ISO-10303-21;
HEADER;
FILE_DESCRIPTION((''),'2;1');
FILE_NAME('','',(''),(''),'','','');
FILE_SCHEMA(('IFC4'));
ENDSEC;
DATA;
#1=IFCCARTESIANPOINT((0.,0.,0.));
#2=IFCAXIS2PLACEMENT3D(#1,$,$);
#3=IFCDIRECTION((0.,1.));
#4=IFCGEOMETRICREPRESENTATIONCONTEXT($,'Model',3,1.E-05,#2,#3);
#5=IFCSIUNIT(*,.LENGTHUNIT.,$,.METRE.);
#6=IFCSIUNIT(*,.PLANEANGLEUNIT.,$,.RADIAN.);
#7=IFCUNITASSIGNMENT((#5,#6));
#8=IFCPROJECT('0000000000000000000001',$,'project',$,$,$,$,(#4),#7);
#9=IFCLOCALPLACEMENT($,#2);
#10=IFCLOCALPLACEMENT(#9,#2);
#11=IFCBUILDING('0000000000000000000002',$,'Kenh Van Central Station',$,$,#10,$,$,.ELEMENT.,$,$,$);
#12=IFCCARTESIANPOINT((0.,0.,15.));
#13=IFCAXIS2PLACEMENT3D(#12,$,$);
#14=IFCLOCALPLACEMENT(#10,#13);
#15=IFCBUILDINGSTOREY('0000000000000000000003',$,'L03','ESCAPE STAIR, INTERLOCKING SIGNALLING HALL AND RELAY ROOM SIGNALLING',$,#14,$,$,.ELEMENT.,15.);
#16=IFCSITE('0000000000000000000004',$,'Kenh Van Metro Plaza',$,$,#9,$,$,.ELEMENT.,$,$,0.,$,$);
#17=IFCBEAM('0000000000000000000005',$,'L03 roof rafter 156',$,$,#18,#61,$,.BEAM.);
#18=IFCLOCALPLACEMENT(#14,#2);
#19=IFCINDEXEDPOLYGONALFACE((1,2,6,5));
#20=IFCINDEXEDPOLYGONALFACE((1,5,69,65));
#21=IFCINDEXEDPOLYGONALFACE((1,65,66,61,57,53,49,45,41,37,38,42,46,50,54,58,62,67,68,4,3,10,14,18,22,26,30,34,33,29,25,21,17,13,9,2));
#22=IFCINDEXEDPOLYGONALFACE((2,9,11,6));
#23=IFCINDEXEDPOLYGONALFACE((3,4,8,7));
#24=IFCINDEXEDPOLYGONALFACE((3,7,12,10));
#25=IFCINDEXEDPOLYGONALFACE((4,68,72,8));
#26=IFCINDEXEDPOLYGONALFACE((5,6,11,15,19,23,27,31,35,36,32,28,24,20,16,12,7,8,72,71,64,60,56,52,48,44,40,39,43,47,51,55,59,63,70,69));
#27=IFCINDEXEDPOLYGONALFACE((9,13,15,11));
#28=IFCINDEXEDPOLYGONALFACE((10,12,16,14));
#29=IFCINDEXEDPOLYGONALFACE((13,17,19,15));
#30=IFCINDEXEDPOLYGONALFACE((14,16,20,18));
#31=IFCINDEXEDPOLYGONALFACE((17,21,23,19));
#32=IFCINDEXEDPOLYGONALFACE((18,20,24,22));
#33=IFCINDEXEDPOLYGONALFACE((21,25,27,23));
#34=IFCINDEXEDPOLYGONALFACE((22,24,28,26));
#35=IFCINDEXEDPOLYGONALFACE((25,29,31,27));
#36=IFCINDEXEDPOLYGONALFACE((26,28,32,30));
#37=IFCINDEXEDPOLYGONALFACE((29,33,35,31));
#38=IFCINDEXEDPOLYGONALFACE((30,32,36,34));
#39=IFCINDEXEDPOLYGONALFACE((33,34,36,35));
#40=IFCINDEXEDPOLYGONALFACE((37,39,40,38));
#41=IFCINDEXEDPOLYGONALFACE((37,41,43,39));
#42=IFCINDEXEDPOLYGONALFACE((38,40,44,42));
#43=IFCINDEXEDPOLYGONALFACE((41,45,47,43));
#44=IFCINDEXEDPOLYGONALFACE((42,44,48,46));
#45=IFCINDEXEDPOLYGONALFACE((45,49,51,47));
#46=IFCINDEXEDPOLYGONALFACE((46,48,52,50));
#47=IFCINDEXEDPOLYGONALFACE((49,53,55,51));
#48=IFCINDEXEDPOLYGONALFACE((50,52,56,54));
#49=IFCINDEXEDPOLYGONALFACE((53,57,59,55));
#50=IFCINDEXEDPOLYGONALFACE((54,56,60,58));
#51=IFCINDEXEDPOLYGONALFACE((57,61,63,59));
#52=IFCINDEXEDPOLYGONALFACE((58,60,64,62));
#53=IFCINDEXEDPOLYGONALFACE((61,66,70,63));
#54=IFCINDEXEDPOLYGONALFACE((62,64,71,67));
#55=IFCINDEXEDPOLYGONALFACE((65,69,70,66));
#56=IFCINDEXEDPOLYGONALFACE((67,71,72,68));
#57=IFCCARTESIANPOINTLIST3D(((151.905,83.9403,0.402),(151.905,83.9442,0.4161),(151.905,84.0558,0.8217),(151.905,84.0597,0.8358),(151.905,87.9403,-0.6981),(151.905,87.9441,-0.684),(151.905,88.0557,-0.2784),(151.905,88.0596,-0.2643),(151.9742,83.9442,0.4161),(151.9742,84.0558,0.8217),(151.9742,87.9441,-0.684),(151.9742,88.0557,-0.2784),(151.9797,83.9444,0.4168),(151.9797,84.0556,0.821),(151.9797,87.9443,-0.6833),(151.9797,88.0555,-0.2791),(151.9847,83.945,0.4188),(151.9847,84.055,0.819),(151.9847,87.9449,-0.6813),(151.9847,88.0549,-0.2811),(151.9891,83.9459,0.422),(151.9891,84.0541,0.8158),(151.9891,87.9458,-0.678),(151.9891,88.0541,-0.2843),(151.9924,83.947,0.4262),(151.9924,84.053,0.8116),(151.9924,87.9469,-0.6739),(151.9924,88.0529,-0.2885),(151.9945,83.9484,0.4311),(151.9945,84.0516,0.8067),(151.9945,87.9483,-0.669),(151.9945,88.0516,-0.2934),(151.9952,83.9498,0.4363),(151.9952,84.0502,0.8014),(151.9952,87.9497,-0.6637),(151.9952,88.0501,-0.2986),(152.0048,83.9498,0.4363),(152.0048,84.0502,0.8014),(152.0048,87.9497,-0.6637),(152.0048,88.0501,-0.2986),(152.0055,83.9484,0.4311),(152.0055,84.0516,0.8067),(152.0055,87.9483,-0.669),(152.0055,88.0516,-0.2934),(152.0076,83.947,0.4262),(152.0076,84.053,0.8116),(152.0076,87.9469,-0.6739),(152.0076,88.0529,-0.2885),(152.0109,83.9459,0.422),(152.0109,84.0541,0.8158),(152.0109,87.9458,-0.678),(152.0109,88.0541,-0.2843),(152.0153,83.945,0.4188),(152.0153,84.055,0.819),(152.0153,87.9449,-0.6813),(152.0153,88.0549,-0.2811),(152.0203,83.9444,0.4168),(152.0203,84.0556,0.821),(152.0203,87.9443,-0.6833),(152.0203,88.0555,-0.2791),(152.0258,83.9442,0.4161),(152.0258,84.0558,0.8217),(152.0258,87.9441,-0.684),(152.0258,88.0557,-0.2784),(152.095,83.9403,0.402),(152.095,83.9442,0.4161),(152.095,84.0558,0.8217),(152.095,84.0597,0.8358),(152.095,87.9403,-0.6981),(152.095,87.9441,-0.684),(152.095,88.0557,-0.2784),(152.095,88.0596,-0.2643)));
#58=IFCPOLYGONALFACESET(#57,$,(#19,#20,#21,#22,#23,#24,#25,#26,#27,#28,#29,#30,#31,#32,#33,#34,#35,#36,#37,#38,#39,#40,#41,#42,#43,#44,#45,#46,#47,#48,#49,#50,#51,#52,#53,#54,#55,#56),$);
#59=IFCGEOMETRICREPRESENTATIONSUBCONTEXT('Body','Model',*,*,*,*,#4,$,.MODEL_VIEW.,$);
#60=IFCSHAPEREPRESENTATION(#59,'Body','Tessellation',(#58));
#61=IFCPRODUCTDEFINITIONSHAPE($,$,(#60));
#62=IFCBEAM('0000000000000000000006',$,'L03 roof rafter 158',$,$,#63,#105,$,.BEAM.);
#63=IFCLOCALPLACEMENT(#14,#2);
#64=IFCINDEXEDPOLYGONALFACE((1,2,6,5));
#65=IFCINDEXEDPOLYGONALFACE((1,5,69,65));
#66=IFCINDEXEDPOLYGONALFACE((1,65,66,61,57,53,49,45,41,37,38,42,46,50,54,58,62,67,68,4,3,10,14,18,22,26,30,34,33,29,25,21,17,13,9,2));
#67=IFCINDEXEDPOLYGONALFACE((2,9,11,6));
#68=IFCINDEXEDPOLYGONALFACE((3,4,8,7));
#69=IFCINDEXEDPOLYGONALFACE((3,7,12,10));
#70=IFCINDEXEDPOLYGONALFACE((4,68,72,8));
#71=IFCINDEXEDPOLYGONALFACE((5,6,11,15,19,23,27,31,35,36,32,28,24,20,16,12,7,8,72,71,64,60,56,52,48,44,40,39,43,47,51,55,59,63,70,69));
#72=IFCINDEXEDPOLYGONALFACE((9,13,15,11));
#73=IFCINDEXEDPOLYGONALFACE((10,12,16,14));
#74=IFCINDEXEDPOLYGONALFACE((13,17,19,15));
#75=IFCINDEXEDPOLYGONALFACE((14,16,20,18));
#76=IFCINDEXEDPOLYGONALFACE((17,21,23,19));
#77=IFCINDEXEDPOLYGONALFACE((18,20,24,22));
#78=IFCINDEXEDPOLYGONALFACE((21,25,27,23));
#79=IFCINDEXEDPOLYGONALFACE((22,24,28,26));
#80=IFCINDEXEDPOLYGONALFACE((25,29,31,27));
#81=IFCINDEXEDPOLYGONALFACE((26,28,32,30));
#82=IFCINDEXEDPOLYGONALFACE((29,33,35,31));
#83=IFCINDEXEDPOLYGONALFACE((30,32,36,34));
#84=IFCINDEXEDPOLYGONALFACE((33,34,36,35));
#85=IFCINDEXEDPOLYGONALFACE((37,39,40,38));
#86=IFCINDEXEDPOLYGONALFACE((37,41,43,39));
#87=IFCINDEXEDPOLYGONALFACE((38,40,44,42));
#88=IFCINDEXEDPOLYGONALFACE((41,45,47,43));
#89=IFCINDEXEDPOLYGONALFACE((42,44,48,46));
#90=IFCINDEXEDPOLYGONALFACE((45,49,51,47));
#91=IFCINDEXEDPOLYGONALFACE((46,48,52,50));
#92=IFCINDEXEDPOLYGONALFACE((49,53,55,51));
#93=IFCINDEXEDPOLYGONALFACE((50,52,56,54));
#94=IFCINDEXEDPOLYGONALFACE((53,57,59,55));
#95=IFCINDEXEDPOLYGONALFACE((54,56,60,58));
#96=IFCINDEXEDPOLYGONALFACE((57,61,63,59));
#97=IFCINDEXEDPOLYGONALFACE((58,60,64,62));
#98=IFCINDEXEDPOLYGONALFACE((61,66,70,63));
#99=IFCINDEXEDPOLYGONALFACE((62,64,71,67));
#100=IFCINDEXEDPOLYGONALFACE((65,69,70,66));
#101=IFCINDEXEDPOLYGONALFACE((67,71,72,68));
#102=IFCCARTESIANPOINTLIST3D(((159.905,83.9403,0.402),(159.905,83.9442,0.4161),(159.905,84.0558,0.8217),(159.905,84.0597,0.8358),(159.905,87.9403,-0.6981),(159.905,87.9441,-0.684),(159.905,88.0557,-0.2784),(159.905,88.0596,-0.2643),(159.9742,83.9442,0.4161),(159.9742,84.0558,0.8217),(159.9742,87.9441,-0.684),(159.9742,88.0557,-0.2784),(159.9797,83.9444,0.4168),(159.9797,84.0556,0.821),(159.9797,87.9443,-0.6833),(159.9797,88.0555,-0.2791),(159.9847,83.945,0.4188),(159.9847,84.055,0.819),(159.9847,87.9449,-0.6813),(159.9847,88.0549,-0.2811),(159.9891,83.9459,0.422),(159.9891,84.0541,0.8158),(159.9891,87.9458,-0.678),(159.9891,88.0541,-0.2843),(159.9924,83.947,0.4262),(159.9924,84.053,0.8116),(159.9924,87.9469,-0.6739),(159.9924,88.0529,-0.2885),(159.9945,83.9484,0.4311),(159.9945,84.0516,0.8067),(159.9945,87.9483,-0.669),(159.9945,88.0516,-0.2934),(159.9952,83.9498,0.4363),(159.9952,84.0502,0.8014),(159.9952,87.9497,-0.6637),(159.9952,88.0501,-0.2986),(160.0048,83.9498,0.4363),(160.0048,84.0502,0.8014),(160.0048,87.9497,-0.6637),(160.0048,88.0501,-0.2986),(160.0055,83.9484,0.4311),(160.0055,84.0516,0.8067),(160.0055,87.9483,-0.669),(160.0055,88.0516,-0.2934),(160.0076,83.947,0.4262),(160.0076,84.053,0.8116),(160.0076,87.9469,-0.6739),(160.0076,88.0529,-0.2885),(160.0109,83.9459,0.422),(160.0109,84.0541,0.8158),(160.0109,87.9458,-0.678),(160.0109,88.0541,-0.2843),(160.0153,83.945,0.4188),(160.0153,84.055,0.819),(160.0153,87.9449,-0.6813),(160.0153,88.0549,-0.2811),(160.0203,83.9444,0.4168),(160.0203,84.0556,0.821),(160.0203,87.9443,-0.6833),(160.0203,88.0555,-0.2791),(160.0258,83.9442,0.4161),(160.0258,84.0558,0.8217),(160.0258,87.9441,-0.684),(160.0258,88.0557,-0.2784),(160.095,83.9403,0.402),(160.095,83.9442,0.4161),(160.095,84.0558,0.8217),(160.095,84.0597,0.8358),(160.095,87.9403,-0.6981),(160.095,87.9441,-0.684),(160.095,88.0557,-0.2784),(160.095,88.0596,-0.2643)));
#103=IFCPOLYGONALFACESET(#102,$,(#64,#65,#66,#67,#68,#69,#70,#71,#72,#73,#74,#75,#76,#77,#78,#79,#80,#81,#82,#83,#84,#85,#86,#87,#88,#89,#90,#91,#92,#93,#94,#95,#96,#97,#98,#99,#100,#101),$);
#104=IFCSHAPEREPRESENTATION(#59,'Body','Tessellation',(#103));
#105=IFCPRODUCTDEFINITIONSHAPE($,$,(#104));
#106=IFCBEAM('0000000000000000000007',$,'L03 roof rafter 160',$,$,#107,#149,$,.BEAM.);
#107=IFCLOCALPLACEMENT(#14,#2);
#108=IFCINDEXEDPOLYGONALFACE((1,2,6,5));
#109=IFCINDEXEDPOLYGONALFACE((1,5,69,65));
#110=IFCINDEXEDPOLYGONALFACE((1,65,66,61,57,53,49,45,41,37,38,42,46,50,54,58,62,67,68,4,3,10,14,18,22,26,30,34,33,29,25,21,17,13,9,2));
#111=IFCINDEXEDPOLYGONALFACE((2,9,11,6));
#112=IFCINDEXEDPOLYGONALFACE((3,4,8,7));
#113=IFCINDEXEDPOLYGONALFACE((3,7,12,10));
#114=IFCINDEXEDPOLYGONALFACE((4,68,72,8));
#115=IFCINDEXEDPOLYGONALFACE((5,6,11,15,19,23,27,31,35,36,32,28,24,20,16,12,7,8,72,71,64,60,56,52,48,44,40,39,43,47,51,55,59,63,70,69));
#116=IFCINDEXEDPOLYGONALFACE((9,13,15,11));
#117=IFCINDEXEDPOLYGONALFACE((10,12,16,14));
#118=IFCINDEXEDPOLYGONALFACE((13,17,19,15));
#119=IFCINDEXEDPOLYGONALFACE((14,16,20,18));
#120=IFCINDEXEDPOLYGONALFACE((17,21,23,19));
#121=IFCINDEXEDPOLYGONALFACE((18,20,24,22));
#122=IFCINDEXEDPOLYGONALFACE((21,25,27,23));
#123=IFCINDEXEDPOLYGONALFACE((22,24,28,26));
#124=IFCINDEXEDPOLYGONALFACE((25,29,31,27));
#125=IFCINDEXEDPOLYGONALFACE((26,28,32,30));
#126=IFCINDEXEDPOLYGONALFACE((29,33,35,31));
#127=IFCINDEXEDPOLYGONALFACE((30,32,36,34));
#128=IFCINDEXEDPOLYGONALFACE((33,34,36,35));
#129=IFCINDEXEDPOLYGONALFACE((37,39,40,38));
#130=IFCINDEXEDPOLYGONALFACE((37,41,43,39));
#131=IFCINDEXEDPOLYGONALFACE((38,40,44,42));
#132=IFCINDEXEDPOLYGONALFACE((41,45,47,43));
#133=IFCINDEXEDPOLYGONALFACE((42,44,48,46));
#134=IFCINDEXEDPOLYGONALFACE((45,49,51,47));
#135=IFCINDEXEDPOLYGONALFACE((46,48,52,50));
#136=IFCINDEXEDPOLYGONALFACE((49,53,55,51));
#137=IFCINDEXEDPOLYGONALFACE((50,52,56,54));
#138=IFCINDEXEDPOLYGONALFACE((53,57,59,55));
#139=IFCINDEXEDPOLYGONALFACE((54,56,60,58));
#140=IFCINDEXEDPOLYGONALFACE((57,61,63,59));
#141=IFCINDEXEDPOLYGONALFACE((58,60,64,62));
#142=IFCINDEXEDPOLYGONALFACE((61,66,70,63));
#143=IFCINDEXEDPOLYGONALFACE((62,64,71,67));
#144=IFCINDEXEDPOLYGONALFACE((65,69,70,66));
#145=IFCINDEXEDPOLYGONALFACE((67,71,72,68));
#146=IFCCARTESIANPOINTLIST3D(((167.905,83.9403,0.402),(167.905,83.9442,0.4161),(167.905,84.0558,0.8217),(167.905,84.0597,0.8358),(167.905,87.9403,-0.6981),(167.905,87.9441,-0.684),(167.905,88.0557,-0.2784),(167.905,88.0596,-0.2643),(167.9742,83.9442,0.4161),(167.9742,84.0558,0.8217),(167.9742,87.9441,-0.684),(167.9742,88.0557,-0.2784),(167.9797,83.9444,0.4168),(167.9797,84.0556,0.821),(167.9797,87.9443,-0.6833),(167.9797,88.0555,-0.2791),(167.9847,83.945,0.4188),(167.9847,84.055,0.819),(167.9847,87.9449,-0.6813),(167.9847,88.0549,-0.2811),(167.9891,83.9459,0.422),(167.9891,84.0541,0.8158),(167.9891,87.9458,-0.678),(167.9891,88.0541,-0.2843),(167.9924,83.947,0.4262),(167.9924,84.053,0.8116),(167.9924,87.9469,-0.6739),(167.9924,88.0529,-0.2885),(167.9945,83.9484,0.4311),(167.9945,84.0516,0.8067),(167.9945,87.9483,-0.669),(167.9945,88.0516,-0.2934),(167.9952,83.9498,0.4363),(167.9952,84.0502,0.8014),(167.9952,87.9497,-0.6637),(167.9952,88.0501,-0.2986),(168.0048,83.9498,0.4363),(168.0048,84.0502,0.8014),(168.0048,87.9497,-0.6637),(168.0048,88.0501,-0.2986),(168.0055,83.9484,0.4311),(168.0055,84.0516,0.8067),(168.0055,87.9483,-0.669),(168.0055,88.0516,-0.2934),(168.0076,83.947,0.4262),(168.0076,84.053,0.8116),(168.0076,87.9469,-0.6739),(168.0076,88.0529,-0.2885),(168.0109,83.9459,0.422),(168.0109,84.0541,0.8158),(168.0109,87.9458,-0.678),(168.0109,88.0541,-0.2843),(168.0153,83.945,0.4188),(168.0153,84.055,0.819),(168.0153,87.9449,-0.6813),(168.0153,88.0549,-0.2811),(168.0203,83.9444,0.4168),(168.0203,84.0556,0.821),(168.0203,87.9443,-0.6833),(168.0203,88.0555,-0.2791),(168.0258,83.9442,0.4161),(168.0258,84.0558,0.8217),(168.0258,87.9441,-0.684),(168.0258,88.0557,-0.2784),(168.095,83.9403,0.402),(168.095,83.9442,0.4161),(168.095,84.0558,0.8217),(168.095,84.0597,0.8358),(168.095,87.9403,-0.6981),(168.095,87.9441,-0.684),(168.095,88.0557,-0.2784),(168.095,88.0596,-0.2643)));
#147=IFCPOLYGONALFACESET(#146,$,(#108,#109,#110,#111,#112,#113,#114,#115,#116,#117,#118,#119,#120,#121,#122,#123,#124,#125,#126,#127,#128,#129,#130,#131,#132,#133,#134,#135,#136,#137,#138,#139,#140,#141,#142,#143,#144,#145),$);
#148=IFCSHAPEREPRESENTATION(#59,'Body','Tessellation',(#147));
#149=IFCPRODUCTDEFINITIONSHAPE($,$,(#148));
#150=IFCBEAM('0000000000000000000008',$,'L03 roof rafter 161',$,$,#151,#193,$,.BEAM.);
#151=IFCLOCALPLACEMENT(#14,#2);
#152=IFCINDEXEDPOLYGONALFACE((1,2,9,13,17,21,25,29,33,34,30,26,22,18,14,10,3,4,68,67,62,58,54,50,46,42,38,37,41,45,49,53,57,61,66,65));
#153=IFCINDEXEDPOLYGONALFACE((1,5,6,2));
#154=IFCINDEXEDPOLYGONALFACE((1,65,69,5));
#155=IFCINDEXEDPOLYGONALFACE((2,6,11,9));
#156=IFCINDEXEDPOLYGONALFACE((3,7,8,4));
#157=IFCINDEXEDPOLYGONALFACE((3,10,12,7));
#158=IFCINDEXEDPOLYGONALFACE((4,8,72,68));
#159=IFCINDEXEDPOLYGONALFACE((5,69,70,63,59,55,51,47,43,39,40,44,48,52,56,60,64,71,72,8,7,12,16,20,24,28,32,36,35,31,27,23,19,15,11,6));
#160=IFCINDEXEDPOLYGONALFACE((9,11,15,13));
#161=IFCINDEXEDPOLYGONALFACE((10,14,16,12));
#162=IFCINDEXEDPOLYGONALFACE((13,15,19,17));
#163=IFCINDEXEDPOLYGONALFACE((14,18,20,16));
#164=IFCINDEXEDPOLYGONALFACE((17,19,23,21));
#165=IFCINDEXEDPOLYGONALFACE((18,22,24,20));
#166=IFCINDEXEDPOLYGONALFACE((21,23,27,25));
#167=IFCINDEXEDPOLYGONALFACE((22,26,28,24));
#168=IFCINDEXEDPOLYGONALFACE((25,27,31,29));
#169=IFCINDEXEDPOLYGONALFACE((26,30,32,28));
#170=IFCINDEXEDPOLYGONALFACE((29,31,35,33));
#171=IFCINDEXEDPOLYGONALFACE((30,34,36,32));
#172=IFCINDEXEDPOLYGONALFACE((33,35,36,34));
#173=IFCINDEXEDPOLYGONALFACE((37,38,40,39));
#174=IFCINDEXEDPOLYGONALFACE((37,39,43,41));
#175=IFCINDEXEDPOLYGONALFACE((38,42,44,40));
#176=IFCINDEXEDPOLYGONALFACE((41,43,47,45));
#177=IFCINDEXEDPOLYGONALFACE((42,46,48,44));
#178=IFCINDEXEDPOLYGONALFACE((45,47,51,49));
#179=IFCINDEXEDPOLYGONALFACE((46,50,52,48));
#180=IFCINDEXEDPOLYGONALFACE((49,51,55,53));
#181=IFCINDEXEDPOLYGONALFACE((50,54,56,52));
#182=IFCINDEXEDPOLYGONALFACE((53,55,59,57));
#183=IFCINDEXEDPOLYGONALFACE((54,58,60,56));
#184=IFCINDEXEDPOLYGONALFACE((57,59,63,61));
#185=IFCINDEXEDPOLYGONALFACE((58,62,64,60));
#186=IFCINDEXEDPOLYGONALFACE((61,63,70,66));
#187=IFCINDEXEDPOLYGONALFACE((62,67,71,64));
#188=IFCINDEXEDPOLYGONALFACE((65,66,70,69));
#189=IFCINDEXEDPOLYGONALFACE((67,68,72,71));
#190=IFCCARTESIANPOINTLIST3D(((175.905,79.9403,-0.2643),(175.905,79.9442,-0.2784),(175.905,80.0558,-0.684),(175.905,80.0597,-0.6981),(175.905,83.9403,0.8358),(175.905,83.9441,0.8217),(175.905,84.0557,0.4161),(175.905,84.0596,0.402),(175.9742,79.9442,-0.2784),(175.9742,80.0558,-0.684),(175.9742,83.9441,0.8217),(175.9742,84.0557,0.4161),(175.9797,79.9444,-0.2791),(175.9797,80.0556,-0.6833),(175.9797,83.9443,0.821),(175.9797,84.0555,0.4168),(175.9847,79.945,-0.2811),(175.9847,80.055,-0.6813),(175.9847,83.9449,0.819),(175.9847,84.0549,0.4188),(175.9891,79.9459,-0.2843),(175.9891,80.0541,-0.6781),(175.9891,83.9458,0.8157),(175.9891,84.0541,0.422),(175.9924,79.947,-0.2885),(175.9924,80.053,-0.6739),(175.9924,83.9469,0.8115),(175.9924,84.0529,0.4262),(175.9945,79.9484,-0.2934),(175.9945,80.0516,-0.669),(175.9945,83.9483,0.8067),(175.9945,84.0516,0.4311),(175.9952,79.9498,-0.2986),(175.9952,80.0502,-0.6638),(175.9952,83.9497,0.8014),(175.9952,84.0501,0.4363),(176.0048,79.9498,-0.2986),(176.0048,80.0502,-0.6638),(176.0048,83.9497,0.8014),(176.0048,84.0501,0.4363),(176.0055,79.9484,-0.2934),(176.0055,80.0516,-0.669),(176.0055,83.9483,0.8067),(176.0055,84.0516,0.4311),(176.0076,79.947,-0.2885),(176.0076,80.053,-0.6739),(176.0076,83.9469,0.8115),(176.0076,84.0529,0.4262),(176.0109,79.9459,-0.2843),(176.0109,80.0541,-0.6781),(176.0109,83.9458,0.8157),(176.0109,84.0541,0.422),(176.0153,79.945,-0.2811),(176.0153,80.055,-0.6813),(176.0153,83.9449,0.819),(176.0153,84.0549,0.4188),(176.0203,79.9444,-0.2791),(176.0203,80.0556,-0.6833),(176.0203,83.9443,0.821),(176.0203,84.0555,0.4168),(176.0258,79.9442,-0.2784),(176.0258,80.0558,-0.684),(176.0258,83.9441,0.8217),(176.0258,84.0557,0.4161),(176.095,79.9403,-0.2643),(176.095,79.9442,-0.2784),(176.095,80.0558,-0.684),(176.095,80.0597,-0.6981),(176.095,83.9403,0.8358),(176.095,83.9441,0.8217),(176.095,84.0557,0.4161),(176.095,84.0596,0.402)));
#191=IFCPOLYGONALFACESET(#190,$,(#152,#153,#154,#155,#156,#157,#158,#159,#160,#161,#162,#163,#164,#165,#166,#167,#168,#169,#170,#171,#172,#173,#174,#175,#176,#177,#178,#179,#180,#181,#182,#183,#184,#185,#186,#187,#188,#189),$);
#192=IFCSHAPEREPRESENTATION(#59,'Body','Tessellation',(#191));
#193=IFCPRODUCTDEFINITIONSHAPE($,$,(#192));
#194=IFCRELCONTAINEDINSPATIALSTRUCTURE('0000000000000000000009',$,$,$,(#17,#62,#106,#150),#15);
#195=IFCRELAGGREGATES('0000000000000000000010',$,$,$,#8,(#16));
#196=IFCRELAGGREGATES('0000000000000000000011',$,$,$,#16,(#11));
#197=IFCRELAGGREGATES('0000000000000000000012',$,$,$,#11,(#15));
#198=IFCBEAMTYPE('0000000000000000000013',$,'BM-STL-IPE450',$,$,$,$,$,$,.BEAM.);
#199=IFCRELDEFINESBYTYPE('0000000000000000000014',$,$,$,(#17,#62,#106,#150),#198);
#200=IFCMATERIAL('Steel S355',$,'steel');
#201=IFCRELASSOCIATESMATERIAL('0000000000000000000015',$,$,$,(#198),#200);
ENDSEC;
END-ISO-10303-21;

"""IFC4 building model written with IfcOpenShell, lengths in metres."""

from ifc_helpers import new_model, si_unit, direction, frame, origin, origin_2d, place, context, subcontext, project, spatial, i_section, extrude, material, material_profile, profile_set, type_object, element, save


model = new_model("IFC4")

# Units and contexts
model_context = context("Model", 3, precision=1e-05, world=origin(), true_north=direction((0.0, 1.0)))
body_context = subcontext(model_context, "Body", "Model", "MODEL_VIEW")
ifc_project = project(units=[si_unit("LENGTHUNIT", "METRE"), si_unit("PLANEANGLEUNIT", "RADIAN")], contexts=[model_context])

# Site, building, storey
site_placement = place(None, origin())
site = spatial("IfcSite", under=ifc_project, at=site_placement, Name="Kenh Van Metro Plaza", CompositionType="ELEMENT", RefElevation=0.0)
building_placement = place(site_placement, origin())
building = spatial("IfcBuilding", under=site, at=building_placement, Name="Kenh Van Central Station", CompositionType="ELEMENT")
storey_placement = place(building_placement, frame((0.0, 0.0, 15.0)))
storey = spatial("IfcBuildingStorey", under=building, at=storey_placement, Name="L03", Description="ESCAPE STAIR, INTERLOCKING SIGNALLING HALL AND RELAY ROOM SIGNALLING", CompositionType="ELEMENT", Elevation=15.0)

# Beams
ifc_material_1 = material(Name="Steel S355", Category="steel")
ifc_material_profile_1 = material_profile(ifc_material_1, i_section(OverallWidth=0.1899, OverallDepth=0.45, WebThickness=0.0095, FlangeThickness=0.0146, FilletRadius=0.021, at=origin_2d()), Name="IPE 450")
ifc_profile_set_1 = profile_set([ifc_material_profile_1], Name="Steel S355")
beam_type_1 = type_object("IfcBeamType", Name="BM-STL-IPE450", PredefinedType="BEAM", material=ifc_profile_set_1)
for number, where, z_axis, x_axis, name in (
    (1, (152.0, 84.0, 0.6189), (0.0, 0.964199, -0.265178), (-1.0, 0.0, 0.0), "L03 roof rafter 156"),
    (2, (160.0, 84.0, 0.6189), (0.0, 0.964199, -0.265178), (-1.0, 0.0, 0.0), "L03 roof rafter 158"),
    (3, (168.0, 84.0, 0.6189), (0.0, 0.964199, -0.265178), (-1.0, 0.0, 0.0), "L03 roof rafter 160"),
    (4, (176.0, 80.0, -0.4812), (0.0, 0.964199, 0.265178), (-1.0, 0.0, 0.0), "L03 roof rafter 161"),
):
    element("IfcBeam", number, at=place(storey_placement, frame(where, z_axis=z_axis, x_axis=x_axis)), inside=storey, type_object=beam_type_1, Name=name, PredefinedType="BEAM", context=body_context, shape_type="SweptSolid", body=[
        extrude(i_section(OverallWidth=0.1899, OverallDepth=0.45, WebThickness=0.0095, FlangeThickness=0.0146, FilletRadius=0.021, at=origin_2d()), origin(), (0.0, 0.0, 1.0), 4.1484),
    ])

save(model, "model.ifc")
